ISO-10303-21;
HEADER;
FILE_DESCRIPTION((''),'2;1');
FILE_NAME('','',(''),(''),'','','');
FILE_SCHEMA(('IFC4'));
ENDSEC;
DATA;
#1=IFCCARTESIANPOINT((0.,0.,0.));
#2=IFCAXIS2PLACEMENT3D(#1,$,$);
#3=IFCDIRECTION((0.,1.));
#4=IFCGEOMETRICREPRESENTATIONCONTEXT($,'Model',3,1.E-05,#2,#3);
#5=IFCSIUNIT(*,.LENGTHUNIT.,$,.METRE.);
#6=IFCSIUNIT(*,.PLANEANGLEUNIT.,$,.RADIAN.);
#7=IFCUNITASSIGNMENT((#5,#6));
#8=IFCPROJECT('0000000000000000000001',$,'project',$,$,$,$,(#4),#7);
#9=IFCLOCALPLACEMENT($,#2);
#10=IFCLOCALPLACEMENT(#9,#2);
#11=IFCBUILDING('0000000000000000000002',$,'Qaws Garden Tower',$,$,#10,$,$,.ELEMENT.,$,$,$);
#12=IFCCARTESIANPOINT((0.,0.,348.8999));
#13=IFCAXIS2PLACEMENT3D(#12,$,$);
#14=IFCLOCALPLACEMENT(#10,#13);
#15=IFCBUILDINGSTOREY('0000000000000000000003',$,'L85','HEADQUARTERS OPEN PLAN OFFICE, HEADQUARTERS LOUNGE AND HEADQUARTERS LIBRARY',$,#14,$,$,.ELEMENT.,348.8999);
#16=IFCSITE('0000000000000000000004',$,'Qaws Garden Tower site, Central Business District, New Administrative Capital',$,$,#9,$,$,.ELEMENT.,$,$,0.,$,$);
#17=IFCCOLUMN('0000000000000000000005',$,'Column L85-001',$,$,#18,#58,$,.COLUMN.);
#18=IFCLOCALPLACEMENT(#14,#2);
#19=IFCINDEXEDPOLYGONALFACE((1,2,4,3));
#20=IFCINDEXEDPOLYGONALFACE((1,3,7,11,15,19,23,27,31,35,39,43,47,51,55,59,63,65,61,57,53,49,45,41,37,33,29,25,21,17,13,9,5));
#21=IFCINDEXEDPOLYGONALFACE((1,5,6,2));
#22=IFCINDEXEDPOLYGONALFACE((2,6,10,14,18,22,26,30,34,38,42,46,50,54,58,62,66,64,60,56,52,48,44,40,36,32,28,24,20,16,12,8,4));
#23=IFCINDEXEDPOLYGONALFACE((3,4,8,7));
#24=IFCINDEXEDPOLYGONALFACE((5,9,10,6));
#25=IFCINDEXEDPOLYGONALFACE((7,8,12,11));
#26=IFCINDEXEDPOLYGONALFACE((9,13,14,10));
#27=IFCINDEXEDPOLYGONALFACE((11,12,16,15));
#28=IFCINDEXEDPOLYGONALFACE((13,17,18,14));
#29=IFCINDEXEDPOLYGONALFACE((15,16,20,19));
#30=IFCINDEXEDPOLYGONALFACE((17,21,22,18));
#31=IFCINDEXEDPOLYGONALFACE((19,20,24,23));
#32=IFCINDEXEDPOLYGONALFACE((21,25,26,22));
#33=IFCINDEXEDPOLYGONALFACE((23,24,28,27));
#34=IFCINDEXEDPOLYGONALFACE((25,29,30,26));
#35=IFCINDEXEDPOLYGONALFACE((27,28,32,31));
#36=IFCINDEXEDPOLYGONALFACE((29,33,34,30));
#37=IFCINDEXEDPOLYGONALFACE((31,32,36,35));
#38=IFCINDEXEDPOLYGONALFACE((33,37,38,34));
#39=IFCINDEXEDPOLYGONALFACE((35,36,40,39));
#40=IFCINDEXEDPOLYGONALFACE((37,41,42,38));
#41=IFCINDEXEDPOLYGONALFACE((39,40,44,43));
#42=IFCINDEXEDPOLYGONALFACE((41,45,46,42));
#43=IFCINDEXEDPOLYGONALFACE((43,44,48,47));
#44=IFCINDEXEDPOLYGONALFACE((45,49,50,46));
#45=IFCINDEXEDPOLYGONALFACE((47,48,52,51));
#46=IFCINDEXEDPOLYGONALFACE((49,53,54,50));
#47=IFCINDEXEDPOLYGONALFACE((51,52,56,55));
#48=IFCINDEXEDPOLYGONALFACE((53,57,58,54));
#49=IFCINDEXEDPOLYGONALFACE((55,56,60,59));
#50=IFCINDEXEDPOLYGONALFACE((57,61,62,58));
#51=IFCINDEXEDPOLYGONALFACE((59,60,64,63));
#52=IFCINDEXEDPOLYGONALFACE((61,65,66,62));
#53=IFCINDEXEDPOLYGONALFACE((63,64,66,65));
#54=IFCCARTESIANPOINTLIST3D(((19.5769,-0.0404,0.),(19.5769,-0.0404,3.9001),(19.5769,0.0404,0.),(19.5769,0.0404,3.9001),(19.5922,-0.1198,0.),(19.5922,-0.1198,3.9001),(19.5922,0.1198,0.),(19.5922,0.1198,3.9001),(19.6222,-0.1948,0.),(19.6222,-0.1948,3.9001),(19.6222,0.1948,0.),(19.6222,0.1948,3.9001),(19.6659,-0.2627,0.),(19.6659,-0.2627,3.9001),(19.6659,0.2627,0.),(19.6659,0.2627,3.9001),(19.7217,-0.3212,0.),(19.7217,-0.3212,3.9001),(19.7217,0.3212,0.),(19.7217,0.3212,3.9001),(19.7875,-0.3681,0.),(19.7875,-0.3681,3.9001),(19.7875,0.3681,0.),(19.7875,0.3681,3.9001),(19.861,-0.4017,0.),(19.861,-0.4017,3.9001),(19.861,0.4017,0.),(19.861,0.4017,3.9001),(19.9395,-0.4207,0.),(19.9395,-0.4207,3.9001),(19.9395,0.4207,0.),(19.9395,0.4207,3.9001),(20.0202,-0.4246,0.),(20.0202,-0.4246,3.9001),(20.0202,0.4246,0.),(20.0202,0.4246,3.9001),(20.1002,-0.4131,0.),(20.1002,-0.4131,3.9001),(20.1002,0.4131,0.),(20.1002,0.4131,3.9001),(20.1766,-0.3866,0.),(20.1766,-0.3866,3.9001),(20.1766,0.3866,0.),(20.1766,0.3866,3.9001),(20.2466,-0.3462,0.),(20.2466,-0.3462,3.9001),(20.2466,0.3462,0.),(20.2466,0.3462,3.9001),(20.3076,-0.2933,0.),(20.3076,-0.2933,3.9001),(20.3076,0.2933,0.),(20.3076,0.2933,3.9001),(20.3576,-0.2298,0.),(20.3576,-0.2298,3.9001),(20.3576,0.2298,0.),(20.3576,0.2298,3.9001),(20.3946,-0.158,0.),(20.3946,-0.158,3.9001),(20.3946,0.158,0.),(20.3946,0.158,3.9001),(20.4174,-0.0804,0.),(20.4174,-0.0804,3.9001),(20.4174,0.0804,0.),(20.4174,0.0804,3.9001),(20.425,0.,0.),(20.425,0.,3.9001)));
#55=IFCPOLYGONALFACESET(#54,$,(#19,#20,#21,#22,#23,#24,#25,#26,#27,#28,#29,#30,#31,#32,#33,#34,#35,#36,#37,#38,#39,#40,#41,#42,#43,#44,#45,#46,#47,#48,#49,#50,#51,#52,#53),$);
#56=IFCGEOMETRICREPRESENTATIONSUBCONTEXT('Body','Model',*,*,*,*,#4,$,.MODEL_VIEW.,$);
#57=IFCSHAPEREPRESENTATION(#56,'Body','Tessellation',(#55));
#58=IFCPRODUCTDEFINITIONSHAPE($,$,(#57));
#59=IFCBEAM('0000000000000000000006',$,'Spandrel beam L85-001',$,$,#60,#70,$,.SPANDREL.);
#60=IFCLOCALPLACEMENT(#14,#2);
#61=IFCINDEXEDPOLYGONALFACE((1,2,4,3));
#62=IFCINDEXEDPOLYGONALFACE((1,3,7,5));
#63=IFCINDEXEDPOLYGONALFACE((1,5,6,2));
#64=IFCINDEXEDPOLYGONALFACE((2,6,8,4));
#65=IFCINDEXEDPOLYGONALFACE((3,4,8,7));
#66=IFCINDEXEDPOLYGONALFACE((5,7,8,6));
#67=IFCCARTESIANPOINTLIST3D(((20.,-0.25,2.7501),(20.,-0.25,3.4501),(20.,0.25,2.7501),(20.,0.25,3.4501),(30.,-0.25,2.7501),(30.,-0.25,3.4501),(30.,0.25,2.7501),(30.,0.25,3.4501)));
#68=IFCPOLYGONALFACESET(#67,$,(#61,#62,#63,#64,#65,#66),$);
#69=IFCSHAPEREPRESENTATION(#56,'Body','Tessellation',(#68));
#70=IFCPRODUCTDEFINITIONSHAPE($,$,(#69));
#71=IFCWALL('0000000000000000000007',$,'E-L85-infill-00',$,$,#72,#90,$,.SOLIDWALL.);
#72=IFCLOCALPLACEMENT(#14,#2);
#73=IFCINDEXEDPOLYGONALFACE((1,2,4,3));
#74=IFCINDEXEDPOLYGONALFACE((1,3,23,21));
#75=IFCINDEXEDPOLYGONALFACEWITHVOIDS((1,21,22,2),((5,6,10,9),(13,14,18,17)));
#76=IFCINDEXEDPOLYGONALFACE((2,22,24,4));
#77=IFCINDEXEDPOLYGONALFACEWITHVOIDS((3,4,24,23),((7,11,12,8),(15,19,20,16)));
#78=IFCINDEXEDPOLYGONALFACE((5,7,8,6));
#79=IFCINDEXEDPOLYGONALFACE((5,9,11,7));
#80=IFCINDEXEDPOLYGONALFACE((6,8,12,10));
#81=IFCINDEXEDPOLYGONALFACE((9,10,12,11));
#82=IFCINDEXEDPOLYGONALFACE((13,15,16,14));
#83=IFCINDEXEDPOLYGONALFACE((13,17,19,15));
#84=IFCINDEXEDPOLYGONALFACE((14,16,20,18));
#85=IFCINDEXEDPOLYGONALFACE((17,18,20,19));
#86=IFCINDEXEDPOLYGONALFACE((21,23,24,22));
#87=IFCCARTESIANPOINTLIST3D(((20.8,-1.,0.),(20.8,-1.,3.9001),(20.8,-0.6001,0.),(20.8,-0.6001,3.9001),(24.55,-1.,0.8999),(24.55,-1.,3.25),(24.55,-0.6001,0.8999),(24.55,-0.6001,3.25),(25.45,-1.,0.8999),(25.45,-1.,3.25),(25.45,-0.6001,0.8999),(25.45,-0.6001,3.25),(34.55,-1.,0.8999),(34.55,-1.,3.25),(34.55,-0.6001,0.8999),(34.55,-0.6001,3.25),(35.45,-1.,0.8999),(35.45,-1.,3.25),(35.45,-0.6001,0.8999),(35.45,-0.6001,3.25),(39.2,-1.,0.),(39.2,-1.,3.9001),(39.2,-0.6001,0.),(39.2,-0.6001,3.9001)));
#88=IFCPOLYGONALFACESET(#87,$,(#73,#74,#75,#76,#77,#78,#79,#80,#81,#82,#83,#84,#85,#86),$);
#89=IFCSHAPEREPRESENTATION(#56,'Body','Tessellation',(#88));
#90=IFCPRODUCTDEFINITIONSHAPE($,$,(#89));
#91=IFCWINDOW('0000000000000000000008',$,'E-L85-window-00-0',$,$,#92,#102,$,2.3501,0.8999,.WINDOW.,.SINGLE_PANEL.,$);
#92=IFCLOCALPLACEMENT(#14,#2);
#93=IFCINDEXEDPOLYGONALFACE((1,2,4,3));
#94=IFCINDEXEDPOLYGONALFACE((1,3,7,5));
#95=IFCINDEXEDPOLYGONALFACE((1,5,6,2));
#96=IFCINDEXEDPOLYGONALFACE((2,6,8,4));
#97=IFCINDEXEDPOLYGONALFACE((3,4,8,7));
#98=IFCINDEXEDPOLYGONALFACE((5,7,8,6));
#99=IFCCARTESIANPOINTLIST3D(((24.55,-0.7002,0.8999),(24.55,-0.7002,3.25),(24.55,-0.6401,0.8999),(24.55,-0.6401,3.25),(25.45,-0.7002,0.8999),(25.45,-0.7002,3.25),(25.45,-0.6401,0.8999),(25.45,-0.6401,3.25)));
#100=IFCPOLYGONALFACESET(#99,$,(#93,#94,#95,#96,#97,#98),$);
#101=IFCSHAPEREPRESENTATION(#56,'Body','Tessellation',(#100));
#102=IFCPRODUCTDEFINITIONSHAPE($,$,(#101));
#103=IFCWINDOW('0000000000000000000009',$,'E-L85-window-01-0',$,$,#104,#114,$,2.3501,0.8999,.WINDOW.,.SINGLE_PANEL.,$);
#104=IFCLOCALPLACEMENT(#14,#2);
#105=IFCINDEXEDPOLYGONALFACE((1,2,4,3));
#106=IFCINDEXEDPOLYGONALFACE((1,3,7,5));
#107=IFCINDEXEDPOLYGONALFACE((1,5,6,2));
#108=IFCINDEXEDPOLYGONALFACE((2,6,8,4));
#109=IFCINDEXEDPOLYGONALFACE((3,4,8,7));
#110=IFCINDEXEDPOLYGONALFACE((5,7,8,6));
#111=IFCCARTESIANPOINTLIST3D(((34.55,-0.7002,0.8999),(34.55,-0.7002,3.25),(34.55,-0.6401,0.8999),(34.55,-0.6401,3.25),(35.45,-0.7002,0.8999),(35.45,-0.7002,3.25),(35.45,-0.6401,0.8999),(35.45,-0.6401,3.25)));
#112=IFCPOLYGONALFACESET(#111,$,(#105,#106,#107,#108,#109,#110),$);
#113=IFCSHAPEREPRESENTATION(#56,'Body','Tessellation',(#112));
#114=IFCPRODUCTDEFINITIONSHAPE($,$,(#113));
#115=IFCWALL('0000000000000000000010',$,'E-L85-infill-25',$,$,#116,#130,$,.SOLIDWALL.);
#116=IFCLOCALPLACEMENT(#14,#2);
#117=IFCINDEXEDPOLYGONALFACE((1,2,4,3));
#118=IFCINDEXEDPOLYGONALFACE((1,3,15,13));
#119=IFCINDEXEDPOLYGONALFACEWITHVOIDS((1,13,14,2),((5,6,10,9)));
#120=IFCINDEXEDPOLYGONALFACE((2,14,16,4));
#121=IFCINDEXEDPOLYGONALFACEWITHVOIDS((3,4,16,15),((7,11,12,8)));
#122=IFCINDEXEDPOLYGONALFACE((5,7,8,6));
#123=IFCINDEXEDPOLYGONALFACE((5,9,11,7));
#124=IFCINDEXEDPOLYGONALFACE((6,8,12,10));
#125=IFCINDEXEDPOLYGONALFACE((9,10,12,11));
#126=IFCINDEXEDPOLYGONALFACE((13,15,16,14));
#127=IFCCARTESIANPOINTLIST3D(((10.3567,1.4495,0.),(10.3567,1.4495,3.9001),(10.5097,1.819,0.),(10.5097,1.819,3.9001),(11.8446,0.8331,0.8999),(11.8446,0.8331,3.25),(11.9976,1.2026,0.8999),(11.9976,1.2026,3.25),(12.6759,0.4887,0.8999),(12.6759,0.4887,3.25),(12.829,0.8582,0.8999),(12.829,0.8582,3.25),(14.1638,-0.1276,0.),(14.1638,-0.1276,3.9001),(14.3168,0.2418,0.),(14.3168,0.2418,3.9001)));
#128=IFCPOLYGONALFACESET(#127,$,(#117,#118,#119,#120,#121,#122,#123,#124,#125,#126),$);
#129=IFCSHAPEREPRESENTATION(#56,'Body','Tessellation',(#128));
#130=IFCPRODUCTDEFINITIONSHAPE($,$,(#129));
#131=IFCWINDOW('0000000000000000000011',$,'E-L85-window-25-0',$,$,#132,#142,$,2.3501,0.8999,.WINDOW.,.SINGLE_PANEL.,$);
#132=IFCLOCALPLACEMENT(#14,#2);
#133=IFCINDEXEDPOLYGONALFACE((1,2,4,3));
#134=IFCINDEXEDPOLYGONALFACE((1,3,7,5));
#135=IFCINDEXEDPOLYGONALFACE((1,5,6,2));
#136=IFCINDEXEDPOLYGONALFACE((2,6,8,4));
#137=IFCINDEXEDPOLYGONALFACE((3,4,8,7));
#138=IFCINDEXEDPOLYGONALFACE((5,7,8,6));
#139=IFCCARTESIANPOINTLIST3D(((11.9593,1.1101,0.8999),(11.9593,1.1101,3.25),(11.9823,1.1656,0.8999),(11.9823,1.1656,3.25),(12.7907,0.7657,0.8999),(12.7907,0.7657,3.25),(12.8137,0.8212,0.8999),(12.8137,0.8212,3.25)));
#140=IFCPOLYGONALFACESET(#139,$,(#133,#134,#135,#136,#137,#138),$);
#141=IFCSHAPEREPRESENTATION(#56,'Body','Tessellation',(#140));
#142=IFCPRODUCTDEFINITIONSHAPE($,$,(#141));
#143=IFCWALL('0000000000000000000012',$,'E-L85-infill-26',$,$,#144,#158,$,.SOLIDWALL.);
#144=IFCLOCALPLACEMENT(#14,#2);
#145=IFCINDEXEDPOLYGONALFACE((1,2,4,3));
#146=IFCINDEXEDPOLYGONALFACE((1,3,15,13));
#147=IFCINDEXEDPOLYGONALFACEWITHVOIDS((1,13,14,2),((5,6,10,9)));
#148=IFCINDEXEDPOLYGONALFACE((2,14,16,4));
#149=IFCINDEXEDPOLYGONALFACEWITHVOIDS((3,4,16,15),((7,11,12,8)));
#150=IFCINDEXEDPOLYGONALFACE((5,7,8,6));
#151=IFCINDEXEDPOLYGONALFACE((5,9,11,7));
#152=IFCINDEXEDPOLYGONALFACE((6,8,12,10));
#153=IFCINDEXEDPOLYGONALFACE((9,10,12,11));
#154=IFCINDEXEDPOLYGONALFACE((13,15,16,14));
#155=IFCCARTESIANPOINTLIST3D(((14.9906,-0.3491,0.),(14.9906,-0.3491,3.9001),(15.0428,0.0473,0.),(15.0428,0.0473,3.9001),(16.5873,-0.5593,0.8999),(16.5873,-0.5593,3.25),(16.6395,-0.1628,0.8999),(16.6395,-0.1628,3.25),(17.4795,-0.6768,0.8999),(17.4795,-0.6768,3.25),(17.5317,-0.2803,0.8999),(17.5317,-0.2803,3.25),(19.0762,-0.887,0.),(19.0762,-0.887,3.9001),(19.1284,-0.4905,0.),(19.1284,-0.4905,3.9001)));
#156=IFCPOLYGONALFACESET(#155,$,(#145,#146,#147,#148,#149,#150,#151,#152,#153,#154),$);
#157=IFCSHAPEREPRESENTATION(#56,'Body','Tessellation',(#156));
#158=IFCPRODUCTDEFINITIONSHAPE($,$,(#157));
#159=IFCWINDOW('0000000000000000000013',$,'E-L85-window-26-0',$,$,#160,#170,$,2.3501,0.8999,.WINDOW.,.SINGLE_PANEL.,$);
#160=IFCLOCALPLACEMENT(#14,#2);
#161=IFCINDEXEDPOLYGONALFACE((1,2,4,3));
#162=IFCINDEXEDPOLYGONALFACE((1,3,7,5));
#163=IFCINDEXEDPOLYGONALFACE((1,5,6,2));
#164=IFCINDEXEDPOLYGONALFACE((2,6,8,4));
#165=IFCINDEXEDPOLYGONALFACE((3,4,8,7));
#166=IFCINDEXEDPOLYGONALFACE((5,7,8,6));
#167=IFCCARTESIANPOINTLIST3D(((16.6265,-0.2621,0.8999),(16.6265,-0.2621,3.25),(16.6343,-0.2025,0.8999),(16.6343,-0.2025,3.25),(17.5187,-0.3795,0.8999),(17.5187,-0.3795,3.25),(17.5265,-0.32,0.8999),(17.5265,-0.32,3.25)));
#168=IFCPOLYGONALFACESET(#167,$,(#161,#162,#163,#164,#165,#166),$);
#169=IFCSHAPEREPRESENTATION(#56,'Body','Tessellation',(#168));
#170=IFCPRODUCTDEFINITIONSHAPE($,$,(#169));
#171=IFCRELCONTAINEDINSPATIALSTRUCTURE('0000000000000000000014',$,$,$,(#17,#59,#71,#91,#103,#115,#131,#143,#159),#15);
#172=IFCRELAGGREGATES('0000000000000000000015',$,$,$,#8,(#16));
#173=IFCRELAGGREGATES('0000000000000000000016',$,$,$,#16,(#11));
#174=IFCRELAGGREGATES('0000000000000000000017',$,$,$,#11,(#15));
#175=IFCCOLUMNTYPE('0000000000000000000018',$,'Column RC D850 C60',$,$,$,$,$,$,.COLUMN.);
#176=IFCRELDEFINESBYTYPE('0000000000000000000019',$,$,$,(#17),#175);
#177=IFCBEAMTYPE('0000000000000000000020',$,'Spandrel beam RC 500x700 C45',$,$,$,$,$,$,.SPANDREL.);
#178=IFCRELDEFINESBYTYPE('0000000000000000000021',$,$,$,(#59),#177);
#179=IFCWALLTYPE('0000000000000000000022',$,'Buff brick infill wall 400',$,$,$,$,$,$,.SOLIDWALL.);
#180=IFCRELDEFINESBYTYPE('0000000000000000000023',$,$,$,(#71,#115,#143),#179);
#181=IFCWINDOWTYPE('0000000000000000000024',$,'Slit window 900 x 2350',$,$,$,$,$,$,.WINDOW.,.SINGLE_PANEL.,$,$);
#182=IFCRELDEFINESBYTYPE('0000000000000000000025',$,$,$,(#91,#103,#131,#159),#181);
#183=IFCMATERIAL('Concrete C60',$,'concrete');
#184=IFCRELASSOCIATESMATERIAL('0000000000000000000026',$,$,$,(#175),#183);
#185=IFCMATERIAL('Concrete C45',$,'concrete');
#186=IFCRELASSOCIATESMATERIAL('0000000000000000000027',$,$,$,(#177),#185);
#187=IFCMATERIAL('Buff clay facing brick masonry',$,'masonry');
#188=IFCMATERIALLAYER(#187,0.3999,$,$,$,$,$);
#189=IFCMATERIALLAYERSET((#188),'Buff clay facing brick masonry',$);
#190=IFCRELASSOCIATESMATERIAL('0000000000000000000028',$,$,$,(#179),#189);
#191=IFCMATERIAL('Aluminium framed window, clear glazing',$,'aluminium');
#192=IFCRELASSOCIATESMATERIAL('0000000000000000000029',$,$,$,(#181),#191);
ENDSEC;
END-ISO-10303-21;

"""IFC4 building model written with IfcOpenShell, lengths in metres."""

from ifc_helpers import new_model, si_unit, direction, frame, frame_2d, origin, origin_2d, place, context, subcontext, project, spatial, rectangle, circle, extrude, material, layer, layer_set, material_profile, profile_set, type_object, element, fill, save


model = new_model("IFC4")

# Units and contexts
model_context = context("Model", 3, precision=1e-05, world=origin(), true_north=direction((0.0, 1.0)))
body_context = subcontext(model_context, "Body", "Model", "MODEL_VIEW")
ifc_project = project(units=[si_unit("LENGTHUNIT", "METRE"), si_unit("PLANEANGLEUNIT", "RADIAN")], contexts=[model_context])

# Site, building, storey
site_placement = place(None, origin())
site = spatial("IfcSite", under=ifc_project, at=site_placement, Name="Qaws Garden Tower site, Central Business District, New Administrative Capital", CompositionType="ELEMENT", RefElevation=0.0)
building_placement = place(site_placement, origin())
building = spatial("IfcBuilding", under=site, at=building_placement, Name="Qaws Garden Tower", CompositionType="ELEMENT")
storey_placement = place(building_placement, frame((0.0, 0.0, 348.8999)))
storey = spatial("IfcBuildingStorey", under=building, at=storey_placement, Name="L85", Description="HEADQUARTERS OPEN PLAN OFFICE, HEADQUARTERS LOUNGE AND HEADQUARTERS LIBRARY", CompositionType="ELEMENT", Elevation=348.8999)

# Column
ifc_material_1 = material(Name="Concrete C60", Category="concrete")
ifc_material_profile_1 = material_profile(ifc_material_1, circle(Radius=0.425, at=origin_2d()), Name="RC D850")
ifc_profile_set_1 = profile_set([ifc_material_profile_1], Name="Concrete C60")
column_type = type_object("IfcColumnType", Name="Column RC D850 C60", PredefinedType="COLUMN", material=ifc_profile_set_1)
column_placement = place(storey_placement, frame((20.0, 0.0, 0.0), z_axis=(0.0, 0.0, 1.0), x_axis=(1.0, 0.0, 0.0)))
element("IfcColumn", 1, at=column_placement, inside=storey, type_object=column_type, Name="Column L85-001", PredefinedType="COLUMN", context=body_context, shape_type="SweptSolid", body=[
    extrude(circle(Radius=0.425, at=origin_2d()), origin(), (0.0, 0.0, 1.0), 3.9001),
])

# Beam
ifc_material_2 = material(Name="Concrete C45", Category="concrete")
ifc_material_profile_2 = material_profile(ifc_material_2, rectangle(XDim=0.5, YDim=0.7, at=origin_2d()), Name="RC 500x700")
ifc_profile_set_2 = profile_set([ifc_material_profile_2], Name="Concrete C45")
beam_type = type_object("IfcBeamType", Name="Spandrel beam RC 500x700 C45", PredefinedType="SPANDREL", material=ifc_profile_set_2)
beam_placement = place(storey_placement, frame((20.0, 0.0, 3.1001), z_axis=(1.0, 0.0, 0.0), x_axis=(0.0, 1.0, 0.0)))
element("IfcBeam", 2, at=beam_placement, inside=storey, type_object=beam_type, Name="Spandrel beam L85-001", PredefinedType="SPANDREL", context=body_context, shape_type="SweptSolid", body=[
    extrude(rectangle(XDim=0.5, YDim=0.7, at=origin_2d()), origin(), (0.0, 0.0, 1.0), 10.0),
])

# Wall, openings, windows
ifc_material_3 = material(Name="Buff clay facing brick masonry", Category="masonry")
ifc_layer_1 = layer(ifc_material_3, 0.3999)
ifc_layer_set_1 = layer_set([ifc_layer_1], Name="Buff clay facing brick masonry")
wall_type_1 = type_object("IfcWallType", Name="Buff brick infill wall 400", PredefinedType="SOLIDWALL", material=ifc_layer_set_1)
wall_1_placement = place(storey_placement, frame((20.8, -0.8, 0.0), z_axis=(0.0, 0.0, 1.0), x_axis=(1.0, 0.0, 0.0)))
wall_1 = element("IfcWall", 3, at=wall_1_placement, inside=storey, type_object=wall_type_1, Name="E-L85-infill-00", PredefinedType="SOLIDWALL", context=body_context, shape_type="SweptSolid", body=[
    extrude(rectangle(XDim=18.3999, YDim=0.3999, at=frame_2d((9.2, 0.0))), origin(), (0.0, 0.0, 1.0), 3.9001),
])
opening_1_placement = place(wall_1_placement, frame((3.75, 0.0, 0.8999)))
opening_1 = element("IfcOpeningElement", 4, at=opening_1_placement, cuts=wall_1, PredefinedType="OPENING", context=body_context, shape_type="SweptSolid", body=[
    extrude(rectangle(XDim=0.8999, YDim=2.3501, at=frame_2d((0.45, 1.175))), frame((0.0, 0.21, 0.0), z_axis=(0.0, -1.0, 0.0), x_axis=(1.0, 0.0, 0.0)), (0.0, 0.0, 1.0), 0.4199),
])
opening_2_placement = place(wall_1_placement, frame((13.75, 0.0, 0.8999)))
opening_2 = element("IfcOpeningElement", 5, at=opening_2_placement, cuts=wall_1, PredefinedType="OPENING", context=body_context, shape_type="SweptSolid", body=[
    extrude(rectangle(XDim=0.8999, YDim=2.3501, at=frame_2d((0.45, 1.175))), frame((0.0, 0.21, 0.0), z_axis=(0.0, -1.0, 0.0), x_axis=(1.0, 0.0, 0.0)), (0.0, 0.0, 1.0), 0.4199),
])
ifc_material_4 = material(Name="Aluminium framed window, clear glazing", Category="aluminium")
window_type = type_object("IfcWindowType", Name="Slit window 900 x 2350", PartitioningType="SINGLE_PANEL", PredefinedType="WINDOW", material=ifc_material_4)
window_1_placement = place(opening_1_placement, origin())
window_1 = element("IfcWindow", 6, at=window_1_placement, inside=storey, type_object=window_type, Name="E-L85-window-00-0", OverallHeight=2.3501, OverallWidth=0.8999, PartitioningType="SINGLE_PANEL", PredefinedType="WINDOW", context=body_context, shape_type="SweptSolid", body=[
    extrude(rectangle(XDim=0.8999, YDim=2.3501, at=frame_2d((0.45, 1.175))), frame((0.0, 0.1599, 0.0), z_axis=(0.0, -1.0, 0.0), x_axis=(1.0, 0.0, 0.0)), (0.0, 0.0, 1.0), 0.0601),
])
fill(opening_1, window_1)
window_2_placement = place(opening_2_placement, origin())
window_2 = element("IfcWindow", 7, at=window_2_placement, inside=storey, type_object=window_type, Name="E-L85-window-01-0", OverallHeight=2.3501, OverallWidth=0.8999, PartitioningType="SINGLE_PANEL", PredefinedType="WINDOW", context=body_context, shape_type="SweptSolid", body=[
    extrude(rectangle(XDim=0.8999, YDim=2.3501, at=frame_2d((0.45, 1.175))), frame((0.0, 0.1599, 0.0), z_axis=(0.0, -1.0, 0.0), x_axis=(1.0, 0.0, 0.0)), (0.0, 0.0, 1.0), 0.0601),
])
fill(opening_2, window_2)

# Walls, openings, windows
wall_2_placement = place(storey_placement, frame((10.4331, 1.6343, 0.0), z_axis=(0.0, 0.0, 1.0), x_axis=(0.923864, -0.382722, 0.0)))
wall_2 = element("IfcWall", 8, at=wall_2_placement, inside=storey, type_object=wall_type_1, Name="E-L85-infill-25", PredefinedType="SOLIDWALL", context=body_context, shape_type="SweptSolid", body=[
    extrude(rectangle(XDim=4.1208, YDim=0.3999, at=frame_2d((2.0605, 0.0))), origin(), (0.0, 0.0, 1.0), 3.9001),
])
opening_3_placement = place(wall_2_placement, frame((1.6106, 0.0, 0.8999)))
opening_3 = element("IfcOpeningElement", 9, at=opening_3_placement, cuts=wall_2, PredefinedType="OPENING", context=body_context, shape_type="SweptSolid", body=[
    extrude(rectangle(XDim=0.8999, YDim=2.3501, at=frame_2d((0.45, 1.175))), frame((0.0, 0.21, 0.0), z_axis=(0.0, -1.0, 0.0), x_axis=(1.0, 0.0, 0.0)), (0.0, 0.0, 1.0), 0.4199),
])
window_3_placement = place(opening_3_placement, origin())
window_3 = element("IfcWindow", 10, at=window_3_placement, inside=storey, type_object=window_type, Name="E-L85-window-25-0", OverallHeight=2.3501, OverallWidth=0.8999, PartitioningType="SINGLE_PANEL", PredefinedType="WINDOW", context=body_context, shape_type="SweptSolid", body=[
    extrude(rectangle(XDim=0.8999, YDim=2.3501, at=frame_2d((0.45, 1.175))), frame((0.0, 0.1599, 0.0), z_axis=(0.0, -1.0, 0.0), x_axis=(1.0, 0.0, 0.0)), (0.0, 0.0, 1.0), 0.0601),
])
fill(opening_3, window_3)
wall_3_placement = place(storey_placement, frame((15.0166, -0.1509, 0.0), z_axis=(0.0, 0.0, 1.0), x_axis=(0.991446, -0.130514, 0.0)))
wall_3 = element("IfcWall", 11, at=wall_3_placement, inside=storey, type_object=wall_type_1, Name="E-L85-infill-26", PredefinedType="SOLIDWALL", context=body_context, shape_type="SweptSolid", body=[
    extrude(rectangle(XDim=4.1208, YDim=0.3999, at=frame_2d((2.0605, 0.0))), origin(), (0.0, 0.0, 1.0), 3.9001),
])
opening_4_placement = place(wall_3_placement, frame((1.6106, 0.0, 0.8999)))
opening_4 = element("IfcOpeningElement", 12, at=opening_4_placement, cuts=wall_3, PredefinedType="OPENING", context=body_context, shape_type="SweptSolid", body=[
    extrude(rectangle(XDim=0.8999, YDim=2.3501, at=frame_2d((0.45, 1.175))), frame((0.0, 0.21, 0.0), z_axis=(0.0, -1.0, 0.0), x_axis=(1.0, 0.0, 0.0)), (0.0, 0.0, 1.0), 0.4199),
])
window_4_placement = place(opening_4_placement, origin())
window_4 = element("IfcWindow", 13, at=window_4_placement, inside=storey, type_object=window_type, Name="E-L85-window-26-0", OverallHeight=2.3501, OverallWidth=0.8999, PartitioningType="SINGLE_PANEL", PredefinedType="WINDOW", context=body_context, shape_type="SweptSolid", body=[
    extrude(rectangle(XDim=0.8999, YDim=2.3501, at=frame_2d((0.45, 1.175))), frame((0.0, 0.1599, 0.0), z_axis=(0.0, -1.0, 0.0), x_axis=(1.0, 0.0, 0.0)), (0.0, 0.0, 1.0), 0.0601),
])
fill(opening_4, window_4)

save(model, "model.ifc")
